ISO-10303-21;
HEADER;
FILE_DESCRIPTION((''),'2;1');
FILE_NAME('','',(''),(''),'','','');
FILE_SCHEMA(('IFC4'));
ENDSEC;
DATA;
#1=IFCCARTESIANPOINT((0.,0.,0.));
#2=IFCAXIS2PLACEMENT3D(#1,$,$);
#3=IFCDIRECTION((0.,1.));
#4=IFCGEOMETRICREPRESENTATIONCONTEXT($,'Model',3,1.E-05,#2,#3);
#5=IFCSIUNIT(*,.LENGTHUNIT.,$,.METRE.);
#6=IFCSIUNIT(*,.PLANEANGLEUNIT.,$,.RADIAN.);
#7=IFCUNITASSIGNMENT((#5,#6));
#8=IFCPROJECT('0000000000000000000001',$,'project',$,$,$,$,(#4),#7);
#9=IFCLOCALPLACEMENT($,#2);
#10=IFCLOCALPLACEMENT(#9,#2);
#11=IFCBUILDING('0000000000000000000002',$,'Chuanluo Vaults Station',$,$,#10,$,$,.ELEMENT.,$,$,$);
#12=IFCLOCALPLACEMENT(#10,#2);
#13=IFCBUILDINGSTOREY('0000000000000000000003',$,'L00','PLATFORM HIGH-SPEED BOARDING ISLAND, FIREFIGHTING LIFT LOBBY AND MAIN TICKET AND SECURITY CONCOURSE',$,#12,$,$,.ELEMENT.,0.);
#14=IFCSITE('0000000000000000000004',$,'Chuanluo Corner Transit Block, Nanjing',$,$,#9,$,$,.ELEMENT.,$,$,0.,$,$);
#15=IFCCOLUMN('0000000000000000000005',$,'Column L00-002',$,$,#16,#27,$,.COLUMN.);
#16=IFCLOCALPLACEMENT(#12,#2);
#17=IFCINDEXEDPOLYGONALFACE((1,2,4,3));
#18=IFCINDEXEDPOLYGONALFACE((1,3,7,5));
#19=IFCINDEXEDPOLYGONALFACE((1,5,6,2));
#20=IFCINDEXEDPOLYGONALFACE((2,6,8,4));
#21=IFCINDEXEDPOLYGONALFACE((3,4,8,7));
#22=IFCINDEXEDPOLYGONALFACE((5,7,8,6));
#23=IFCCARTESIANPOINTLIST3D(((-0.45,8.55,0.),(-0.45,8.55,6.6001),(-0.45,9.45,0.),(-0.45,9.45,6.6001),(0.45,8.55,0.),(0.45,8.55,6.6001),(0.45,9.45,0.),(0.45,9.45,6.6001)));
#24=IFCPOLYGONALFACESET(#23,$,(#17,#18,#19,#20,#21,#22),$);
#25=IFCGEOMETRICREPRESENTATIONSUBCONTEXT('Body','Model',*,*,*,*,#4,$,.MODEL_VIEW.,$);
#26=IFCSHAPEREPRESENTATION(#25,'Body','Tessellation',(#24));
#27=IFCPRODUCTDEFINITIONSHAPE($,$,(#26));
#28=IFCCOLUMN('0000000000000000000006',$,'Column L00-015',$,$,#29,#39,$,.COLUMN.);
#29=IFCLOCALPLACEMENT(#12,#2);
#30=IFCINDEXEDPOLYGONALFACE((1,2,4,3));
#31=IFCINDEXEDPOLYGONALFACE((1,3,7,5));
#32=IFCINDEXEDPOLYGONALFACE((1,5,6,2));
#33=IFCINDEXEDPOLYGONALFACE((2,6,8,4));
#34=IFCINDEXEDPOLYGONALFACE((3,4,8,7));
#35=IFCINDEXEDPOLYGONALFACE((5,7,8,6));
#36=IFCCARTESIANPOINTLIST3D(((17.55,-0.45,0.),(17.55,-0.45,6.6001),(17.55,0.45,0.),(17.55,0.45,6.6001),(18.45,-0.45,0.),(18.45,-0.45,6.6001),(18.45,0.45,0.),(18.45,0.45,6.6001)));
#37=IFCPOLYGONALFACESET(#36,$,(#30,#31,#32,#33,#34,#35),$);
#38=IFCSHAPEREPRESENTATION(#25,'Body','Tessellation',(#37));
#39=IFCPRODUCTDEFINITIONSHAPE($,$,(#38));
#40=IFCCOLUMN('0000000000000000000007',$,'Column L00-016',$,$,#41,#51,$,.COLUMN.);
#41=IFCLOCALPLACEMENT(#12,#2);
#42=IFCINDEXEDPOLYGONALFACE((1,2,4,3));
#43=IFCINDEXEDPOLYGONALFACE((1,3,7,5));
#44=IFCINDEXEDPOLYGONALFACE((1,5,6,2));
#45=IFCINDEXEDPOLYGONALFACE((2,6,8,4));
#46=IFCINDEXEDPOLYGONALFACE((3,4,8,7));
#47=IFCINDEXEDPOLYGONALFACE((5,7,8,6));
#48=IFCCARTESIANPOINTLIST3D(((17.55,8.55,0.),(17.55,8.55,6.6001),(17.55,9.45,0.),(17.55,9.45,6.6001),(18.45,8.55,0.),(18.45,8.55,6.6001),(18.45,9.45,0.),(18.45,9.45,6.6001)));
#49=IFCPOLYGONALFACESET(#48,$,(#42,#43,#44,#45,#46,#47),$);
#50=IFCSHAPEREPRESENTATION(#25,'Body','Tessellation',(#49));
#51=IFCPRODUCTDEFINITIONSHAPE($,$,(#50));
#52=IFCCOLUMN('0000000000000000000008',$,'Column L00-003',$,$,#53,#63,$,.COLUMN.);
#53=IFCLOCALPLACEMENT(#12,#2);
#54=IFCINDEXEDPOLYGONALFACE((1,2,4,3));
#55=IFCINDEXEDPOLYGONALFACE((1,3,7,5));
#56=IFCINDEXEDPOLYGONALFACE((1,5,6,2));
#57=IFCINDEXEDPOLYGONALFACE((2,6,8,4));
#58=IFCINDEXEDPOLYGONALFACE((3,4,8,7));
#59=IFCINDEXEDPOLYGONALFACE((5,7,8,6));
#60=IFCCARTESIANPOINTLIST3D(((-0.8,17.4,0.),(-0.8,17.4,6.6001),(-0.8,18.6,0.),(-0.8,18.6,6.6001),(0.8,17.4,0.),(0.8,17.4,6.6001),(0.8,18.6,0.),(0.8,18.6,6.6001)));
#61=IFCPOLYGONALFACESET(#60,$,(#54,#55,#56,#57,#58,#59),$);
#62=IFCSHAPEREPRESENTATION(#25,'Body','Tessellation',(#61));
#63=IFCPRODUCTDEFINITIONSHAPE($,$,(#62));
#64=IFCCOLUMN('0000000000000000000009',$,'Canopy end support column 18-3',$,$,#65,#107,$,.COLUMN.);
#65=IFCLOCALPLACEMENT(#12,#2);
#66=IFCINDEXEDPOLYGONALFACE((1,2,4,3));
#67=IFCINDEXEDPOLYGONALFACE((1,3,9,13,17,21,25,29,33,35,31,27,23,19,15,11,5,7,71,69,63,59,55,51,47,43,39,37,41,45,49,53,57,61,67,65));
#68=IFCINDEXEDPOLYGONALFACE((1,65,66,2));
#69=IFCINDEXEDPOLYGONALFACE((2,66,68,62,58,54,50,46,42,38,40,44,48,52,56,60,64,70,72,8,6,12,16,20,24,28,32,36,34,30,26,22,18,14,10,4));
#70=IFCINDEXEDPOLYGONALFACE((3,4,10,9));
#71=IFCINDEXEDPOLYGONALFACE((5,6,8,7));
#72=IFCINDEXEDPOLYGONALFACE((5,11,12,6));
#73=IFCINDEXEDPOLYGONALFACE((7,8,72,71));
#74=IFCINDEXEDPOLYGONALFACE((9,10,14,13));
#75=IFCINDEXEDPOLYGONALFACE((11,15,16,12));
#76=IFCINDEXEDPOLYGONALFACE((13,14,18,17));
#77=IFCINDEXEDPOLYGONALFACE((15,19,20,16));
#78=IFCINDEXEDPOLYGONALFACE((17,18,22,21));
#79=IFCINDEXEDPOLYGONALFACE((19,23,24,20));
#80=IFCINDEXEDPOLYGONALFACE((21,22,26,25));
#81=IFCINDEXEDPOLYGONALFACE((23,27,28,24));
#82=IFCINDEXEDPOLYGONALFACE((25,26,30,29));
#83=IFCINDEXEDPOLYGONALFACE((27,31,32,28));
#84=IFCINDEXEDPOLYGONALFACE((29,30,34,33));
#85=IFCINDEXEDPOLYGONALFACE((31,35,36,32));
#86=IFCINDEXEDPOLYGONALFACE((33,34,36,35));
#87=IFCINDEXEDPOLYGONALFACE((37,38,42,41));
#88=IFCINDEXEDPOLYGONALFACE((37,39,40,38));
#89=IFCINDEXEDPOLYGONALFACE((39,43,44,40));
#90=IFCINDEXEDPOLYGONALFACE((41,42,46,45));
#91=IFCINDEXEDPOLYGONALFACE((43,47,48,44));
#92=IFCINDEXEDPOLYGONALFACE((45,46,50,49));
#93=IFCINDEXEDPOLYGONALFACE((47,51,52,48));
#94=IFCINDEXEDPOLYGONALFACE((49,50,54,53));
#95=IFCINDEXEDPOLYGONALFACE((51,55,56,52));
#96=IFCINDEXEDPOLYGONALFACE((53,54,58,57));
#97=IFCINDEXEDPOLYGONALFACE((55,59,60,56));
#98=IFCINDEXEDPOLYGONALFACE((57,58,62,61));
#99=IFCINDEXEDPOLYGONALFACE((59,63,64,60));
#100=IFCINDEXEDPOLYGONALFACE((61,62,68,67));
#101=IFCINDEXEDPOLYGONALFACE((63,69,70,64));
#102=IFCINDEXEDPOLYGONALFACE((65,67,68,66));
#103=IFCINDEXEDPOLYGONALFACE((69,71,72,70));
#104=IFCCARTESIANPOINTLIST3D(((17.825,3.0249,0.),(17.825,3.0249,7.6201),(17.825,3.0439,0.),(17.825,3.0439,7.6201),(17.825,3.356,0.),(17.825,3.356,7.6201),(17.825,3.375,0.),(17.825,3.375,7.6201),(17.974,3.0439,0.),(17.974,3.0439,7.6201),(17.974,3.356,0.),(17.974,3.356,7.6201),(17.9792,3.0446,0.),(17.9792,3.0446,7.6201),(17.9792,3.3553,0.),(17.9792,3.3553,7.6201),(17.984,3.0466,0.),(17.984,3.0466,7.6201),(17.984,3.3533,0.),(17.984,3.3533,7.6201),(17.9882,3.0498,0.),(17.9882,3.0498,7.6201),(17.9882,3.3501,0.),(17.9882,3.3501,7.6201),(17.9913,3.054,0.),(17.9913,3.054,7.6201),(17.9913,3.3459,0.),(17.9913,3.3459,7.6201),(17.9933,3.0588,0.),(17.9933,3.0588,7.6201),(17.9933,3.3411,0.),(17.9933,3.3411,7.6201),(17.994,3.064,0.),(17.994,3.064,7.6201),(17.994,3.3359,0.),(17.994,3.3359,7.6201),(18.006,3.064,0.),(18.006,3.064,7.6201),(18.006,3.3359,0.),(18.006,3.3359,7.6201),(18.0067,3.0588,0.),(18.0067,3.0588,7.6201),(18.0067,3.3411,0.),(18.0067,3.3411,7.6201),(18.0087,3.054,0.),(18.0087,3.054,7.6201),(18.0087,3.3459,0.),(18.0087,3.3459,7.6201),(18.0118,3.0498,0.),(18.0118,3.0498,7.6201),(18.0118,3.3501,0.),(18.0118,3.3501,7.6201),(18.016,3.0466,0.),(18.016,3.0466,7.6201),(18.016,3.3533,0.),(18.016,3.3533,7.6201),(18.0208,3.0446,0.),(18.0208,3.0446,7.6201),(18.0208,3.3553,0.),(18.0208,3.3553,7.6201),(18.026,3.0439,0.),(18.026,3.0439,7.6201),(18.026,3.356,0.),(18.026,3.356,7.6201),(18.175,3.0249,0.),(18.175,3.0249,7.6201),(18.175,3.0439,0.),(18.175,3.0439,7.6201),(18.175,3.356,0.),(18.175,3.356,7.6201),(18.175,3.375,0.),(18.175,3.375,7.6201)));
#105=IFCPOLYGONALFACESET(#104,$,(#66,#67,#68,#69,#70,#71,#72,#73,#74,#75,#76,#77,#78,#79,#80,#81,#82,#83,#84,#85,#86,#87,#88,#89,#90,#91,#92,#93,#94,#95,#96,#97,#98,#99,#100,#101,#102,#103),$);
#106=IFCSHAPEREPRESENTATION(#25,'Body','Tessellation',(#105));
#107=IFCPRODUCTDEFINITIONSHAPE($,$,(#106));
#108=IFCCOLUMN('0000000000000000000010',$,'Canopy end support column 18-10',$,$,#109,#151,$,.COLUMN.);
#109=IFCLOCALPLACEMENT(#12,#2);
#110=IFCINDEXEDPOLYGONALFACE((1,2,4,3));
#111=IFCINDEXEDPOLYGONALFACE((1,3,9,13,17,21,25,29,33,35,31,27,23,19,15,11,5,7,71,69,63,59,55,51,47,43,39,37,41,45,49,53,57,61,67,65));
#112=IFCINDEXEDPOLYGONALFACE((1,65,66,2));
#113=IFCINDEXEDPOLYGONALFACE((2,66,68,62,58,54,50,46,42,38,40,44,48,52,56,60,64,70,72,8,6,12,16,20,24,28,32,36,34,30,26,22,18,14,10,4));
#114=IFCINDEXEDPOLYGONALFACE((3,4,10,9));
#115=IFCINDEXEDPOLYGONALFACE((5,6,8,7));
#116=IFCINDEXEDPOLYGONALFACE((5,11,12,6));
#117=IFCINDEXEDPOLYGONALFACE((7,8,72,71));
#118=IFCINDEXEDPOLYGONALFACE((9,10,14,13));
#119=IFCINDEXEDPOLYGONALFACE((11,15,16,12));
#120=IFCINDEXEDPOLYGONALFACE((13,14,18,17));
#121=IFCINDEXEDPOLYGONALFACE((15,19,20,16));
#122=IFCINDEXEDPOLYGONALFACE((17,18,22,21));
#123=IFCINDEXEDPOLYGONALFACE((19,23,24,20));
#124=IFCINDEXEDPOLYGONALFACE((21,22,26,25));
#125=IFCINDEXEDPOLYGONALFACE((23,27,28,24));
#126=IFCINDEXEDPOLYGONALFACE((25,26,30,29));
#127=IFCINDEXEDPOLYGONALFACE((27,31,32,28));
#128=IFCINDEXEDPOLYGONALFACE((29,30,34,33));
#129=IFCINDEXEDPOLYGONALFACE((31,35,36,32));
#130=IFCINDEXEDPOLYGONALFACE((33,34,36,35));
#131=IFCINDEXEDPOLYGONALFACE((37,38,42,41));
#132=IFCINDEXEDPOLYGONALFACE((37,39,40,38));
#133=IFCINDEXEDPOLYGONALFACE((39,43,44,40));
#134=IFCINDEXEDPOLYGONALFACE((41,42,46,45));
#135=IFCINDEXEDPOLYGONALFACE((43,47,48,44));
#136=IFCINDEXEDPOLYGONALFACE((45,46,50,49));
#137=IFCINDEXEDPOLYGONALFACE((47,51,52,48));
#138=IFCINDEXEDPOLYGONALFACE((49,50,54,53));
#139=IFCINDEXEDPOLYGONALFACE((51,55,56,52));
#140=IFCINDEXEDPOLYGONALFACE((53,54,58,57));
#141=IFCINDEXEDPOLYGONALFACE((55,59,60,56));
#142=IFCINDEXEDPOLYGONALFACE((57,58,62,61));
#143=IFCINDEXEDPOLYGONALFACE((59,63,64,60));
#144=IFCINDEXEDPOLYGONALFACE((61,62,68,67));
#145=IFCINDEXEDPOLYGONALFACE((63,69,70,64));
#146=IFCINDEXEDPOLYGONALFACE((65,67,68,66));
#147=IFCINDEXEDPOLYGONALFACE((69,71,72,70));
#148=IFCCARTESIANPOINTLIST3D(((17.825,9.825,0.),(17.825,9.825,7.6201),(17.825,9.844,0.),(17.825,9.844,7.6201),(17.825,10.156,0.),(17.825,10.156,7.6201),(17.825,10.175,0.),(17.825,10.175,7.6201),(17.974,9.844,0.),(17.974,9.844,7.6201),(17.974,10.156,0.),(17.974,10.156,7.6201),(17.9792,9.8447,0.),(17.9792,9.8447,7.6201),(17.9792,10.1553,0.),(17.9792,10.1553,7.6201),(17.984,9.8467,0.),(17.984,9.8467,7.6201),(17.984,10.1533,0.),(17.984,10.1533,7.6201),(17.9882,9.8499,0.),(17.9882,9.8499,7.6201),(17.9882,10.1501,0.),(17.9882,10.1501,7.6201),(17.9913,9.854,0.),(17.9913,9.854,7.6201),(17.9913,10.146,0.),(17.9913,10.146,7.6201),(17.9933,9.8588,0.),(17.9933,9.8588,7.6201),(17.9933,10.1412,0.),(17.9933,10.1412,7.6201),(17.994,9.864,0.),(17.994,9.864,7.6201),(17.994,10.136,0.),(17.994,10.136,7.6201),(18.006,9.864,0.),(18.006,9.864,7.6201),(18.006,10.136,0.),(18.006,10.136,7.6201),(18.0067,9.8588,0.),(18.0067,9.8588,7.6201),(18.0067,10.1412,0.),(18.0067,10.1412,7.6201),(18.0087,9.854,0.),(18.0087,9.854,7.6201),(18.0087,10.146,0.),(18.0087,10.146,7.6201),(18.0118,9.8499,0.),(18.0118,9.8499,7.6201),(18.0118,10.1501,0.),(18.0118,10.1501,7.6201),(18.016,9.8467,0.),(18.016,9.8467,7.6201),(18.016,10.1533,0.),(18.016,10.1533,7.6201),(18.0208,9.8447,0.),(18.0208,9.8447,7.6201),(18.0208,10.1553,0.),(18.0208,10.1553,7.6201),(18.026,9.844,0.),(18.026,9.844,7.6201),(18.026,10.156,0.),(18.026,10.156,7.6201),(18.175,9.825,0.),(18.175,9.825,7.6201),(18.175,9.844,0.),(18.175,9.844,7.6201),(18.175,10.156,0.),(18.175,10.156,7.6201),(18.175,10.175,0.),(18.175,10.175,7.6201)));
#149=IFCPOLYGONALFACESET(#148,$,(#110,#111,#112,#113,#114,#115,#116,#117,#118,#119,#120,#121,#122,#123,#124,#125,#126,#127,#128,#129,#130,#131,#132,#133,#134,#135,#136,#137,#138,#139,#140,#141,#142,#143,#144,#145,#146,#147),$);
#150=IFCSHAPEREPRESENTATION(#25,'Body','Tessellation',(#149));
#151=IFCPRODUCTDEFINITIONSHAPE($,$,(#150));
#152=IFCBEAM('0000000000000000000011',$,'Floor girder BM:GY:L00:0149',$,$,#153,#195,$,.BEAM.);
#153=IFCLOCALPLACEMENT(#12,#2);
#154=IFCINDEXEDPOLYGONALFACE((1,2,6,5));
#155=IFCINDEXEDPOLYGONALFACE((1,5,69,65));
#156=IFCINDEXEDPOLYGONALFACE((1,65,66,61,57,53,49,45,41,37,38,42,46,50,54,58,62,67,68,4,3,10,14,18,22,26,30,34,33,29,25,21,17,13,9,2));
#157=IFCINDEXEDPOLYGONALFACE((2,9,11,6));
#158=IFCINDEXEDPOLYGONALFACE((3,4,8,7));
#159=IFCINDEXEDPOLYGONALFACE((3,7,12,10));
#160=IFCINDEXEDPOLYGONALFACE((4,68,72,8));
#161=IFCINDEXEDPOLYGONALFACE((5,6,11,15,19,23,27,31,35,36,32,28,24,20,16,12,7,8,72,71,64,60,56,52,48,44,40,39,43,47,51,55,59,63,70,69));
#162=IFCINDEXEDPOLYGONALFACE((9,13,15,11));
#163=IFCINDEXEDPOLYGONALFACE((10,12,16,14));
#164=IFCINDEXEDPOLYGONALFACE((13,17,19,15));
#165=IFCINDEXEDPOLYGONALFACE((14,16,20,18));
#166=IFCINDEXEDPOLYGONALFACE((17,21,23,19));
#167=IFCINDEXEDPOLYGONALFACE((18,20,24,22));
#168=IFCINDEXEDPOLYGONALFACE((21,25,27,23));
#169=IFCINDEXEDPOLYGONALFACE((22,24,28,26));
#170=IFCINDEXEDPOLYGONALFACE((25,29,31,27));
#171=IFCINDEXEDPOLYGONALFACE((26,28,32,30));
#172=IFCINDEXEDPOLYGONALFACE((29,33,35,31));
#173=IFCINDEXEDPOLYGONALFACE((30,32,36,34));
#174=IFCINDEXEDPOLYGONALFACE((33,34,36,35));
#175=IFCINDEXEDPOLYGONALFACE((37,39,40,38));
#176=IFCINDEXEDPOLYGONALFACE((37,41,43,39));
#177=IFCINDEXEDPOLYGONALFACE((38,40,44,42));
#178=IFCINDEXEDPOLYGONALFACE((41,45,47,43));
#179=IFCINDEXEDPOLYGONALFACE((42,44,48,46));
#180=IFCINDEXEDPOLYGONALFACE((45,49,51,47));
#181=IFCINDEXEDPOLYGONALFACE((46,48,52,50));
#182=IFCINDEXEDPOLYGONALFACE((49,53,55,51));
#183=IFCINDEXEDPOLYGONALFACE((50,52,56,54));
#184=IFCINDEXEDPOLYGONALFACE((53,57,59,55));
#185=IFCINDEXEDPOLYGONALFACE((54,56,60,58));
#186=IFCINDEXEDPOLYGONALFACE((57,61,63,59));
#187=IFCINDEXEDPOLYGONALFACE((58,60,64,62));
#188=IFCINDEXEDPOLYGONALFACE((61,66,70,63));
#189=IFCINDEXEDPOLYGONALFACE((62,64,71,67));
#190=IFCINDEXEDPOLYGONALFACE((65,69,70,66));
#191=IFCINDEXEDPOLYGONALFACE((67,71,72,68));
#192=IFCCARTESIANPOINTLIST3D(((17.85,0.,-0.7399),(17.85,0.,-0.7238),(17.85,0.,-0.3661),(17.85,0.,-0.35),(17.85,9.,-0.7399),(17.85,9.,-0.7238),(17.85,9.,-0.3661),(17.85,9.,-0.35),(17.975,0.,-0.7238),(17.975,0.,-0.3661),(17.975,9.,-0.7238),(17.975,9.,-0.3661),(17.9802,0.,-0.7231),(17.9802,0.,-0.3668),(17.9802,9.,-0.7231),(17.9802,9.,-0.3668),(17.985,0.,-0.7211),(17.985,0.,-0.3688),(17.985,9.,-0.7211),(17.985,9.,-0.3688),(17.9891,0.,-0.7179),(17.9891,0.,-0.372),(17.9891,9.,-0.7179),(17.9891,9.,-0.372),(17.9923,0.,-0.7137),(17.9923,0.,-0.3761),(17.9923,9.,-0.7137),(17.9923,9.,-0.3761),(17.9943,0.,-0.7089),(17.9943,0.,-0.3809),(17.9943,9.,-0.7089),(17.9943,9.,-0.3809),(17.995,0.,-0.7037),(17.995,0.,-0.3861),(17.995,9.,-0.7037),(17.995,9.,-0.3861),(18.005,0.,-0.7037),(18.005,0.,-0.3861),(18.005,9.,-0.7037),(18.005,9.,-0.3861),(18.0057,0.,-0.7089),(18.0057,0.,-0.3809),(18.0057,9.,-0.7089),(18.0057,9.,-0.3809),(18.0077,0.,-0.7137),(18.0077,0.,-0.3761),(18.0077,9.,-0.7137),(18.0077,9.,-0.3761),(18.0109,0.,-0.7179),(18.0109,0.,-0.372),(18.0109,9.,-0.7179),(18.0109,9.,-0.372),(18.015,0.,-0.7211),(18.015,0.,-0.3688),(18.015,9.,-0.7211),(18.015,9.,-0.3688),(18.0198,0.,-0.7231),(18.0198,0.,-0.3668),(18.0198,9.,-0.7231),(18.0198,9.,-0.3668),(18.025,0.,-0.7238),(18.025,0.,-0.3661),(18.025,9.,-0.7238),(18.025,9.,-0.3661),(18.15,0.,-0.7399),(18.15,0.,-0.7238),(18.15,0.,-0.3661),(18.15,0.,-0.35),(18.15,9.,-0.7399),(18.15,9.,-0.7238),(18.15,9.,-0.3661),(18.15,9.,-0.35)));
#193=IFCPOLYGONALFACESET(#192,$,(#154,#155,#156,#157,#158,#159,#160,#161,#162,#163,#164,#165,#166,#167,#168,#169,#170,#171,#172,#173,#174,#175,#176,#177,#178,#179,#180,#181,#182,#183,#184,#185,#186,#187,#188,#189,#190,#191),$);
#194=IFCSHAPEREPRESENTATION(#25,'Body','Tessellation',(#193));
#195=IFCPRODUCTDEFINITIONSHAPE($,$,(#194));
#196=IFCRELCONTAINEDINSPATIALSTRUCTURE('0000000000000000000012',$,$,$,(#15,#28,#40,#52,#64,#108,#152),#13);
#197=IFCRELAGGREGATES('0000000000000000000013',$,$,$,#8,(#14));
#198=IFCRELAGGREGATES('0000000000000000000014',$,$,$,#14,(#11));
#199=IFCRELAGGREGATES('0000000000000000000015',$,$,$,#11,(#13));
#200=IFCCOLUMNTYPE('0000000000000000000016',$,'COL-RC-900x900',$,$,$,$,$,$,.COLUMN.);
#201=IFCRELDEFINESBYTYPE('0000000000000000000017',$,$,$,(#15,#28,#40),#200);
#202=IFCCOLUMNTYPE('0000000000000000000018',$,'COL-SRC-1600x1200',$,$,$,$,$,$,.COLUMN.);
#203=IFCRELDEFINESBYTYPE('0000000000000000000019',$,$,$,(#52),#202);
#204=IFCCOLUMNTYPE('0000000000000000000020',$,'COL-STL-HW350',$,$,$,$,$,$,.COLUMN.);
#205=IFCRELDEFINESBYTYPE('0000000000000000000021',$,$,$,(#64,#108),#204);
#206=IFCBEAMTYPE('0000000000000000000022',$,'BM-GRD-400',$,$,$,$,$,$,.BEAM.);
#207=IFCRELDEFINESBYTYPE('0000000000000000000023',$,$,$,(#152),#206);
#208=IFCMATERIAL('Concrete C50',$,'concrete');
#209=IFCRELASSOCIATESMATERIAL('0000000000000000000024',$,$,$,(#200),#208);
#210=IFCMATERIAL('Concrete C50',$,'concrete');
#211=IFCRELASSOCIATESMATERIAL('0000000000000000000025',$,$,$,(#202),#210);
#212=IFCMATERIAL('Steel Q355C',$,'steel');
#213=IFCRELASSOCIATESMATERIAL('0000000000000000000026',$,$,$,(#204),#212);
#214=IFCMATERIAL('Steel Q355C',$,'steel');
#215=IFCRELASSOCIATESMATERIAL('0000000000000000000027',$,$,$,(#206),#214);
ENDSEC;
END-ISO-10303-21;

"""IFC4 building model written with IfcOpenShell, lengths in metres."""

from ifc_helpers import new_model, si_unit, direction, frame, origin, origin_2d, place, context, subcontext, project, spatial, rectangle, i_section, extrude, material, material_profile, profile_set, type_object, element, save


model = new_model("IFC4")

# Units and contexts
model_context = context("Model", 3, precision=1e-05, world=origin(), true_north=direction((0.0, 1.0)))
body_context = subcontext(model_context, "Body", "Model", "MODEL_VIEW")
ifc_project = project(units=[si_unit("LENGTHUNIT", "METRE"), si_unit("PLANEANGLEUNIT", "RADIAN")], contexts=[model_context])

# Site, building, storey
site_placement = place(None, origin())
site = spatial("IfcSite", under=ifc_project, at=site_placement, Name="Chuanluo Corner Transit Block, Nanjing", CompositionType="ELEMENT", RefElevation=0.0)
building_placement = place(site_placement, origin())
building = spatial("IfcBuilding", under=site, at=building_placement, Name="Chuanluo Vaults Station", CompositionType="ELEMENT")
storey_placement = place(building_placement, origin())
storey = spatial("IfcBuildingStorey", under=building, at=storey_placement, Name="L00", Description="PLATFORM HIGH-SPEED BOARDING ISLAND, FIREFIGHTING LIFT LOBBY AND MAIN TICKET AND SECURITY CONCOURSE", CompositionType="ELEMENT", Elevation=0.0)

# Columns
ifc_material_1 = material(Name="Concrete C50", Category="concrete")
ifc_material_profile_1 = material_profile(ifc_material_1, rectangle(XDim=0.8999, YDim=0.8999, at=origin_2d()))
ifc_profile_set_1 = profile_set([ifc_material_profile_1], Name="Concrete C50")
column_type_1 = type_object("IfcColumnType", Name="COL-RC-900x900", PredefinedType="COLUMN", material=ifc_profile_set_1)
for number, where, z_axis, x_axis, name in (
    (1, (0.0, 9.0, 0.0), (0.0, 0.0, 1.0), (1.0, 0.0, 0.0), "Column L00-002"),
    (2, (18.0, 0.0, 0.0), (0.0, 0.0, 1.0), (1.0, 0.0, 0.0), "Column L00-015"),
    (3, (18.0, 9.0, 0.0), (0.0, 0.0, 1.0), (1.0, 0.0, 0.0), "Column L00-016"),
):
    element("IfcColumn", number, at=place(storey_placement, frame(where, z_axis=z_axis, x_axis=x_axis)), inside=storey, type_object=column_type_1, Name=name, PredefinedType="COLUMN", context=body_context, shape_type="SweptSolid", body=[
        extrude(rectangle(XDim=0.8999, YDim=0.8999, at=origin_2d()), origin(), (0.0, 0.0, 1.0), 6.6001),
    ])
ifc_material_2 = material(Name="Concrete C50", Category="concrete")
ifc_material_profile_2 = material_profile(ifc_material_2, rectangle(XDim=1.6001, YDim=1.2, at=origin_2d()))
ifc_profile_set_2 = profile_set([ifc_material_profile_2], Name="Concrete C50")
column_type_2 = type_object("IfcColumnType", Name="COL-SRC-1600x1200", PredefinedType="COLUMN", material=ifc_profile_set_2)
column_placement = place(storey_placement, frame((0.0, 18.0, 0.0), z_axis=(0.0, 0.0, 1.0), x_axis=(1.0, 0.0, 0.0)))
element("IfcColumn", 4, at=column_placement, inside=storey, type_object=column_type_2, Name="Column L00-003", PredefinedType="COLUMN", context=body_context, shape_type="SweptSolid", body=[
    extrude(rectangle(XDim=1.6001, YDim=1.2, at=origin_2d()), origin(), (0.0, 0.0, 1.0), 6.6001),
])
ifc_material_3 = material(Name="Steel Q355C", Category="steel")
ifc_material_profile_3 = material_profile(ifc_material_3, i_section(OverallWidth=0.3501, OverallDepth=0.3501, WebThickness=0.012, FlangeThickness=0.019, FilletRadius=0.02, at=origin_2d()))
ifc_profile_set_3 = profile_set([ifc_material_profile_3], Name="Steel Q355C")
column_type_3 = type_object("IfcColumnType", Name="COL-STL-HW350", PredefinedType="COLUMN", material=ifc_profile_set_3)
for number, where, z_axis, x_axis, name in (
    (5, (18.0, 3.2, 0.0), (0.0, 0.0, 1.0), (1.0, 0.0, 0.0), "Canopy end support column 18-3"),
    (6, (18.0, 10.0, 0.0), (0.0, 0.0, 1.0), (1.0, 0.0, 0.0), "Canopy end support column 18-10"),
):
    element("IfcColumn", number, at=place(storey_placement, frame(where, z_axis=z_axis, x_axis=x_axis)), inside=storey, type_object=column_type_3, Name=name, PredefinedType="COLUMN", context=body_context, shape_type="SweptSolid", body=[
        extrude(i_section(OverallWidth=0.3501, OverallDepth=0.3501, WebThickness=0.012, FlangeThickness=0.019, FilletRadius=0.02, at=origin_2d()), origin(), (0.0, 0.0, 1.0), 7.6201),
    ])

# Beam
ifc_material_4 = material(Name="Steel Q355C", Category="steel")
ifc_material_profile_4 = material_profile(ifc_material_4, i_section(OverallWidth=0.3, OverallDepth=0.3899, WebThickness=0.01, FlangeThickness=0.0161, FilletRadius=0.02, at=origin_2d()))
ifc_profile_set_4 = profile_set([ifc_material_profile_4], Name="Steel Q355C")
beam_type_1 = type_object("IfcBeamType", Name="BM-GRD-400", PredefinedType="BEAM", material=ifc_profile_set_4)
for number, where, z_axis, x_axis, name in (
    (7, (18.0, 0.0, -0.5449), (0.0, 1.0, 0.0), (-1.0, 0.0, 0.0), "Floor girder BM:GY:L00:0149"),
):
    element("IfcBeam", number, at=place(storey_placement, frame(where, z_axis=z_axis, x_axis=x_axis)), inside=storey, type_object=beam_type_1, Name=name, PredefinedType="BEAM", context=body_context, shape_type="SweptSolid", body=[
        extrude(i_section(OverallWidth=0.3, OverallDepth=0.3899, WebThickness=0.01, FlangeThickness=0.0161, FilletRadius=0.02, at=origin_2d()), origin(), (0.0, 0.0, 1.0), 9.0),
    ])

save(model, "model.ifc")
